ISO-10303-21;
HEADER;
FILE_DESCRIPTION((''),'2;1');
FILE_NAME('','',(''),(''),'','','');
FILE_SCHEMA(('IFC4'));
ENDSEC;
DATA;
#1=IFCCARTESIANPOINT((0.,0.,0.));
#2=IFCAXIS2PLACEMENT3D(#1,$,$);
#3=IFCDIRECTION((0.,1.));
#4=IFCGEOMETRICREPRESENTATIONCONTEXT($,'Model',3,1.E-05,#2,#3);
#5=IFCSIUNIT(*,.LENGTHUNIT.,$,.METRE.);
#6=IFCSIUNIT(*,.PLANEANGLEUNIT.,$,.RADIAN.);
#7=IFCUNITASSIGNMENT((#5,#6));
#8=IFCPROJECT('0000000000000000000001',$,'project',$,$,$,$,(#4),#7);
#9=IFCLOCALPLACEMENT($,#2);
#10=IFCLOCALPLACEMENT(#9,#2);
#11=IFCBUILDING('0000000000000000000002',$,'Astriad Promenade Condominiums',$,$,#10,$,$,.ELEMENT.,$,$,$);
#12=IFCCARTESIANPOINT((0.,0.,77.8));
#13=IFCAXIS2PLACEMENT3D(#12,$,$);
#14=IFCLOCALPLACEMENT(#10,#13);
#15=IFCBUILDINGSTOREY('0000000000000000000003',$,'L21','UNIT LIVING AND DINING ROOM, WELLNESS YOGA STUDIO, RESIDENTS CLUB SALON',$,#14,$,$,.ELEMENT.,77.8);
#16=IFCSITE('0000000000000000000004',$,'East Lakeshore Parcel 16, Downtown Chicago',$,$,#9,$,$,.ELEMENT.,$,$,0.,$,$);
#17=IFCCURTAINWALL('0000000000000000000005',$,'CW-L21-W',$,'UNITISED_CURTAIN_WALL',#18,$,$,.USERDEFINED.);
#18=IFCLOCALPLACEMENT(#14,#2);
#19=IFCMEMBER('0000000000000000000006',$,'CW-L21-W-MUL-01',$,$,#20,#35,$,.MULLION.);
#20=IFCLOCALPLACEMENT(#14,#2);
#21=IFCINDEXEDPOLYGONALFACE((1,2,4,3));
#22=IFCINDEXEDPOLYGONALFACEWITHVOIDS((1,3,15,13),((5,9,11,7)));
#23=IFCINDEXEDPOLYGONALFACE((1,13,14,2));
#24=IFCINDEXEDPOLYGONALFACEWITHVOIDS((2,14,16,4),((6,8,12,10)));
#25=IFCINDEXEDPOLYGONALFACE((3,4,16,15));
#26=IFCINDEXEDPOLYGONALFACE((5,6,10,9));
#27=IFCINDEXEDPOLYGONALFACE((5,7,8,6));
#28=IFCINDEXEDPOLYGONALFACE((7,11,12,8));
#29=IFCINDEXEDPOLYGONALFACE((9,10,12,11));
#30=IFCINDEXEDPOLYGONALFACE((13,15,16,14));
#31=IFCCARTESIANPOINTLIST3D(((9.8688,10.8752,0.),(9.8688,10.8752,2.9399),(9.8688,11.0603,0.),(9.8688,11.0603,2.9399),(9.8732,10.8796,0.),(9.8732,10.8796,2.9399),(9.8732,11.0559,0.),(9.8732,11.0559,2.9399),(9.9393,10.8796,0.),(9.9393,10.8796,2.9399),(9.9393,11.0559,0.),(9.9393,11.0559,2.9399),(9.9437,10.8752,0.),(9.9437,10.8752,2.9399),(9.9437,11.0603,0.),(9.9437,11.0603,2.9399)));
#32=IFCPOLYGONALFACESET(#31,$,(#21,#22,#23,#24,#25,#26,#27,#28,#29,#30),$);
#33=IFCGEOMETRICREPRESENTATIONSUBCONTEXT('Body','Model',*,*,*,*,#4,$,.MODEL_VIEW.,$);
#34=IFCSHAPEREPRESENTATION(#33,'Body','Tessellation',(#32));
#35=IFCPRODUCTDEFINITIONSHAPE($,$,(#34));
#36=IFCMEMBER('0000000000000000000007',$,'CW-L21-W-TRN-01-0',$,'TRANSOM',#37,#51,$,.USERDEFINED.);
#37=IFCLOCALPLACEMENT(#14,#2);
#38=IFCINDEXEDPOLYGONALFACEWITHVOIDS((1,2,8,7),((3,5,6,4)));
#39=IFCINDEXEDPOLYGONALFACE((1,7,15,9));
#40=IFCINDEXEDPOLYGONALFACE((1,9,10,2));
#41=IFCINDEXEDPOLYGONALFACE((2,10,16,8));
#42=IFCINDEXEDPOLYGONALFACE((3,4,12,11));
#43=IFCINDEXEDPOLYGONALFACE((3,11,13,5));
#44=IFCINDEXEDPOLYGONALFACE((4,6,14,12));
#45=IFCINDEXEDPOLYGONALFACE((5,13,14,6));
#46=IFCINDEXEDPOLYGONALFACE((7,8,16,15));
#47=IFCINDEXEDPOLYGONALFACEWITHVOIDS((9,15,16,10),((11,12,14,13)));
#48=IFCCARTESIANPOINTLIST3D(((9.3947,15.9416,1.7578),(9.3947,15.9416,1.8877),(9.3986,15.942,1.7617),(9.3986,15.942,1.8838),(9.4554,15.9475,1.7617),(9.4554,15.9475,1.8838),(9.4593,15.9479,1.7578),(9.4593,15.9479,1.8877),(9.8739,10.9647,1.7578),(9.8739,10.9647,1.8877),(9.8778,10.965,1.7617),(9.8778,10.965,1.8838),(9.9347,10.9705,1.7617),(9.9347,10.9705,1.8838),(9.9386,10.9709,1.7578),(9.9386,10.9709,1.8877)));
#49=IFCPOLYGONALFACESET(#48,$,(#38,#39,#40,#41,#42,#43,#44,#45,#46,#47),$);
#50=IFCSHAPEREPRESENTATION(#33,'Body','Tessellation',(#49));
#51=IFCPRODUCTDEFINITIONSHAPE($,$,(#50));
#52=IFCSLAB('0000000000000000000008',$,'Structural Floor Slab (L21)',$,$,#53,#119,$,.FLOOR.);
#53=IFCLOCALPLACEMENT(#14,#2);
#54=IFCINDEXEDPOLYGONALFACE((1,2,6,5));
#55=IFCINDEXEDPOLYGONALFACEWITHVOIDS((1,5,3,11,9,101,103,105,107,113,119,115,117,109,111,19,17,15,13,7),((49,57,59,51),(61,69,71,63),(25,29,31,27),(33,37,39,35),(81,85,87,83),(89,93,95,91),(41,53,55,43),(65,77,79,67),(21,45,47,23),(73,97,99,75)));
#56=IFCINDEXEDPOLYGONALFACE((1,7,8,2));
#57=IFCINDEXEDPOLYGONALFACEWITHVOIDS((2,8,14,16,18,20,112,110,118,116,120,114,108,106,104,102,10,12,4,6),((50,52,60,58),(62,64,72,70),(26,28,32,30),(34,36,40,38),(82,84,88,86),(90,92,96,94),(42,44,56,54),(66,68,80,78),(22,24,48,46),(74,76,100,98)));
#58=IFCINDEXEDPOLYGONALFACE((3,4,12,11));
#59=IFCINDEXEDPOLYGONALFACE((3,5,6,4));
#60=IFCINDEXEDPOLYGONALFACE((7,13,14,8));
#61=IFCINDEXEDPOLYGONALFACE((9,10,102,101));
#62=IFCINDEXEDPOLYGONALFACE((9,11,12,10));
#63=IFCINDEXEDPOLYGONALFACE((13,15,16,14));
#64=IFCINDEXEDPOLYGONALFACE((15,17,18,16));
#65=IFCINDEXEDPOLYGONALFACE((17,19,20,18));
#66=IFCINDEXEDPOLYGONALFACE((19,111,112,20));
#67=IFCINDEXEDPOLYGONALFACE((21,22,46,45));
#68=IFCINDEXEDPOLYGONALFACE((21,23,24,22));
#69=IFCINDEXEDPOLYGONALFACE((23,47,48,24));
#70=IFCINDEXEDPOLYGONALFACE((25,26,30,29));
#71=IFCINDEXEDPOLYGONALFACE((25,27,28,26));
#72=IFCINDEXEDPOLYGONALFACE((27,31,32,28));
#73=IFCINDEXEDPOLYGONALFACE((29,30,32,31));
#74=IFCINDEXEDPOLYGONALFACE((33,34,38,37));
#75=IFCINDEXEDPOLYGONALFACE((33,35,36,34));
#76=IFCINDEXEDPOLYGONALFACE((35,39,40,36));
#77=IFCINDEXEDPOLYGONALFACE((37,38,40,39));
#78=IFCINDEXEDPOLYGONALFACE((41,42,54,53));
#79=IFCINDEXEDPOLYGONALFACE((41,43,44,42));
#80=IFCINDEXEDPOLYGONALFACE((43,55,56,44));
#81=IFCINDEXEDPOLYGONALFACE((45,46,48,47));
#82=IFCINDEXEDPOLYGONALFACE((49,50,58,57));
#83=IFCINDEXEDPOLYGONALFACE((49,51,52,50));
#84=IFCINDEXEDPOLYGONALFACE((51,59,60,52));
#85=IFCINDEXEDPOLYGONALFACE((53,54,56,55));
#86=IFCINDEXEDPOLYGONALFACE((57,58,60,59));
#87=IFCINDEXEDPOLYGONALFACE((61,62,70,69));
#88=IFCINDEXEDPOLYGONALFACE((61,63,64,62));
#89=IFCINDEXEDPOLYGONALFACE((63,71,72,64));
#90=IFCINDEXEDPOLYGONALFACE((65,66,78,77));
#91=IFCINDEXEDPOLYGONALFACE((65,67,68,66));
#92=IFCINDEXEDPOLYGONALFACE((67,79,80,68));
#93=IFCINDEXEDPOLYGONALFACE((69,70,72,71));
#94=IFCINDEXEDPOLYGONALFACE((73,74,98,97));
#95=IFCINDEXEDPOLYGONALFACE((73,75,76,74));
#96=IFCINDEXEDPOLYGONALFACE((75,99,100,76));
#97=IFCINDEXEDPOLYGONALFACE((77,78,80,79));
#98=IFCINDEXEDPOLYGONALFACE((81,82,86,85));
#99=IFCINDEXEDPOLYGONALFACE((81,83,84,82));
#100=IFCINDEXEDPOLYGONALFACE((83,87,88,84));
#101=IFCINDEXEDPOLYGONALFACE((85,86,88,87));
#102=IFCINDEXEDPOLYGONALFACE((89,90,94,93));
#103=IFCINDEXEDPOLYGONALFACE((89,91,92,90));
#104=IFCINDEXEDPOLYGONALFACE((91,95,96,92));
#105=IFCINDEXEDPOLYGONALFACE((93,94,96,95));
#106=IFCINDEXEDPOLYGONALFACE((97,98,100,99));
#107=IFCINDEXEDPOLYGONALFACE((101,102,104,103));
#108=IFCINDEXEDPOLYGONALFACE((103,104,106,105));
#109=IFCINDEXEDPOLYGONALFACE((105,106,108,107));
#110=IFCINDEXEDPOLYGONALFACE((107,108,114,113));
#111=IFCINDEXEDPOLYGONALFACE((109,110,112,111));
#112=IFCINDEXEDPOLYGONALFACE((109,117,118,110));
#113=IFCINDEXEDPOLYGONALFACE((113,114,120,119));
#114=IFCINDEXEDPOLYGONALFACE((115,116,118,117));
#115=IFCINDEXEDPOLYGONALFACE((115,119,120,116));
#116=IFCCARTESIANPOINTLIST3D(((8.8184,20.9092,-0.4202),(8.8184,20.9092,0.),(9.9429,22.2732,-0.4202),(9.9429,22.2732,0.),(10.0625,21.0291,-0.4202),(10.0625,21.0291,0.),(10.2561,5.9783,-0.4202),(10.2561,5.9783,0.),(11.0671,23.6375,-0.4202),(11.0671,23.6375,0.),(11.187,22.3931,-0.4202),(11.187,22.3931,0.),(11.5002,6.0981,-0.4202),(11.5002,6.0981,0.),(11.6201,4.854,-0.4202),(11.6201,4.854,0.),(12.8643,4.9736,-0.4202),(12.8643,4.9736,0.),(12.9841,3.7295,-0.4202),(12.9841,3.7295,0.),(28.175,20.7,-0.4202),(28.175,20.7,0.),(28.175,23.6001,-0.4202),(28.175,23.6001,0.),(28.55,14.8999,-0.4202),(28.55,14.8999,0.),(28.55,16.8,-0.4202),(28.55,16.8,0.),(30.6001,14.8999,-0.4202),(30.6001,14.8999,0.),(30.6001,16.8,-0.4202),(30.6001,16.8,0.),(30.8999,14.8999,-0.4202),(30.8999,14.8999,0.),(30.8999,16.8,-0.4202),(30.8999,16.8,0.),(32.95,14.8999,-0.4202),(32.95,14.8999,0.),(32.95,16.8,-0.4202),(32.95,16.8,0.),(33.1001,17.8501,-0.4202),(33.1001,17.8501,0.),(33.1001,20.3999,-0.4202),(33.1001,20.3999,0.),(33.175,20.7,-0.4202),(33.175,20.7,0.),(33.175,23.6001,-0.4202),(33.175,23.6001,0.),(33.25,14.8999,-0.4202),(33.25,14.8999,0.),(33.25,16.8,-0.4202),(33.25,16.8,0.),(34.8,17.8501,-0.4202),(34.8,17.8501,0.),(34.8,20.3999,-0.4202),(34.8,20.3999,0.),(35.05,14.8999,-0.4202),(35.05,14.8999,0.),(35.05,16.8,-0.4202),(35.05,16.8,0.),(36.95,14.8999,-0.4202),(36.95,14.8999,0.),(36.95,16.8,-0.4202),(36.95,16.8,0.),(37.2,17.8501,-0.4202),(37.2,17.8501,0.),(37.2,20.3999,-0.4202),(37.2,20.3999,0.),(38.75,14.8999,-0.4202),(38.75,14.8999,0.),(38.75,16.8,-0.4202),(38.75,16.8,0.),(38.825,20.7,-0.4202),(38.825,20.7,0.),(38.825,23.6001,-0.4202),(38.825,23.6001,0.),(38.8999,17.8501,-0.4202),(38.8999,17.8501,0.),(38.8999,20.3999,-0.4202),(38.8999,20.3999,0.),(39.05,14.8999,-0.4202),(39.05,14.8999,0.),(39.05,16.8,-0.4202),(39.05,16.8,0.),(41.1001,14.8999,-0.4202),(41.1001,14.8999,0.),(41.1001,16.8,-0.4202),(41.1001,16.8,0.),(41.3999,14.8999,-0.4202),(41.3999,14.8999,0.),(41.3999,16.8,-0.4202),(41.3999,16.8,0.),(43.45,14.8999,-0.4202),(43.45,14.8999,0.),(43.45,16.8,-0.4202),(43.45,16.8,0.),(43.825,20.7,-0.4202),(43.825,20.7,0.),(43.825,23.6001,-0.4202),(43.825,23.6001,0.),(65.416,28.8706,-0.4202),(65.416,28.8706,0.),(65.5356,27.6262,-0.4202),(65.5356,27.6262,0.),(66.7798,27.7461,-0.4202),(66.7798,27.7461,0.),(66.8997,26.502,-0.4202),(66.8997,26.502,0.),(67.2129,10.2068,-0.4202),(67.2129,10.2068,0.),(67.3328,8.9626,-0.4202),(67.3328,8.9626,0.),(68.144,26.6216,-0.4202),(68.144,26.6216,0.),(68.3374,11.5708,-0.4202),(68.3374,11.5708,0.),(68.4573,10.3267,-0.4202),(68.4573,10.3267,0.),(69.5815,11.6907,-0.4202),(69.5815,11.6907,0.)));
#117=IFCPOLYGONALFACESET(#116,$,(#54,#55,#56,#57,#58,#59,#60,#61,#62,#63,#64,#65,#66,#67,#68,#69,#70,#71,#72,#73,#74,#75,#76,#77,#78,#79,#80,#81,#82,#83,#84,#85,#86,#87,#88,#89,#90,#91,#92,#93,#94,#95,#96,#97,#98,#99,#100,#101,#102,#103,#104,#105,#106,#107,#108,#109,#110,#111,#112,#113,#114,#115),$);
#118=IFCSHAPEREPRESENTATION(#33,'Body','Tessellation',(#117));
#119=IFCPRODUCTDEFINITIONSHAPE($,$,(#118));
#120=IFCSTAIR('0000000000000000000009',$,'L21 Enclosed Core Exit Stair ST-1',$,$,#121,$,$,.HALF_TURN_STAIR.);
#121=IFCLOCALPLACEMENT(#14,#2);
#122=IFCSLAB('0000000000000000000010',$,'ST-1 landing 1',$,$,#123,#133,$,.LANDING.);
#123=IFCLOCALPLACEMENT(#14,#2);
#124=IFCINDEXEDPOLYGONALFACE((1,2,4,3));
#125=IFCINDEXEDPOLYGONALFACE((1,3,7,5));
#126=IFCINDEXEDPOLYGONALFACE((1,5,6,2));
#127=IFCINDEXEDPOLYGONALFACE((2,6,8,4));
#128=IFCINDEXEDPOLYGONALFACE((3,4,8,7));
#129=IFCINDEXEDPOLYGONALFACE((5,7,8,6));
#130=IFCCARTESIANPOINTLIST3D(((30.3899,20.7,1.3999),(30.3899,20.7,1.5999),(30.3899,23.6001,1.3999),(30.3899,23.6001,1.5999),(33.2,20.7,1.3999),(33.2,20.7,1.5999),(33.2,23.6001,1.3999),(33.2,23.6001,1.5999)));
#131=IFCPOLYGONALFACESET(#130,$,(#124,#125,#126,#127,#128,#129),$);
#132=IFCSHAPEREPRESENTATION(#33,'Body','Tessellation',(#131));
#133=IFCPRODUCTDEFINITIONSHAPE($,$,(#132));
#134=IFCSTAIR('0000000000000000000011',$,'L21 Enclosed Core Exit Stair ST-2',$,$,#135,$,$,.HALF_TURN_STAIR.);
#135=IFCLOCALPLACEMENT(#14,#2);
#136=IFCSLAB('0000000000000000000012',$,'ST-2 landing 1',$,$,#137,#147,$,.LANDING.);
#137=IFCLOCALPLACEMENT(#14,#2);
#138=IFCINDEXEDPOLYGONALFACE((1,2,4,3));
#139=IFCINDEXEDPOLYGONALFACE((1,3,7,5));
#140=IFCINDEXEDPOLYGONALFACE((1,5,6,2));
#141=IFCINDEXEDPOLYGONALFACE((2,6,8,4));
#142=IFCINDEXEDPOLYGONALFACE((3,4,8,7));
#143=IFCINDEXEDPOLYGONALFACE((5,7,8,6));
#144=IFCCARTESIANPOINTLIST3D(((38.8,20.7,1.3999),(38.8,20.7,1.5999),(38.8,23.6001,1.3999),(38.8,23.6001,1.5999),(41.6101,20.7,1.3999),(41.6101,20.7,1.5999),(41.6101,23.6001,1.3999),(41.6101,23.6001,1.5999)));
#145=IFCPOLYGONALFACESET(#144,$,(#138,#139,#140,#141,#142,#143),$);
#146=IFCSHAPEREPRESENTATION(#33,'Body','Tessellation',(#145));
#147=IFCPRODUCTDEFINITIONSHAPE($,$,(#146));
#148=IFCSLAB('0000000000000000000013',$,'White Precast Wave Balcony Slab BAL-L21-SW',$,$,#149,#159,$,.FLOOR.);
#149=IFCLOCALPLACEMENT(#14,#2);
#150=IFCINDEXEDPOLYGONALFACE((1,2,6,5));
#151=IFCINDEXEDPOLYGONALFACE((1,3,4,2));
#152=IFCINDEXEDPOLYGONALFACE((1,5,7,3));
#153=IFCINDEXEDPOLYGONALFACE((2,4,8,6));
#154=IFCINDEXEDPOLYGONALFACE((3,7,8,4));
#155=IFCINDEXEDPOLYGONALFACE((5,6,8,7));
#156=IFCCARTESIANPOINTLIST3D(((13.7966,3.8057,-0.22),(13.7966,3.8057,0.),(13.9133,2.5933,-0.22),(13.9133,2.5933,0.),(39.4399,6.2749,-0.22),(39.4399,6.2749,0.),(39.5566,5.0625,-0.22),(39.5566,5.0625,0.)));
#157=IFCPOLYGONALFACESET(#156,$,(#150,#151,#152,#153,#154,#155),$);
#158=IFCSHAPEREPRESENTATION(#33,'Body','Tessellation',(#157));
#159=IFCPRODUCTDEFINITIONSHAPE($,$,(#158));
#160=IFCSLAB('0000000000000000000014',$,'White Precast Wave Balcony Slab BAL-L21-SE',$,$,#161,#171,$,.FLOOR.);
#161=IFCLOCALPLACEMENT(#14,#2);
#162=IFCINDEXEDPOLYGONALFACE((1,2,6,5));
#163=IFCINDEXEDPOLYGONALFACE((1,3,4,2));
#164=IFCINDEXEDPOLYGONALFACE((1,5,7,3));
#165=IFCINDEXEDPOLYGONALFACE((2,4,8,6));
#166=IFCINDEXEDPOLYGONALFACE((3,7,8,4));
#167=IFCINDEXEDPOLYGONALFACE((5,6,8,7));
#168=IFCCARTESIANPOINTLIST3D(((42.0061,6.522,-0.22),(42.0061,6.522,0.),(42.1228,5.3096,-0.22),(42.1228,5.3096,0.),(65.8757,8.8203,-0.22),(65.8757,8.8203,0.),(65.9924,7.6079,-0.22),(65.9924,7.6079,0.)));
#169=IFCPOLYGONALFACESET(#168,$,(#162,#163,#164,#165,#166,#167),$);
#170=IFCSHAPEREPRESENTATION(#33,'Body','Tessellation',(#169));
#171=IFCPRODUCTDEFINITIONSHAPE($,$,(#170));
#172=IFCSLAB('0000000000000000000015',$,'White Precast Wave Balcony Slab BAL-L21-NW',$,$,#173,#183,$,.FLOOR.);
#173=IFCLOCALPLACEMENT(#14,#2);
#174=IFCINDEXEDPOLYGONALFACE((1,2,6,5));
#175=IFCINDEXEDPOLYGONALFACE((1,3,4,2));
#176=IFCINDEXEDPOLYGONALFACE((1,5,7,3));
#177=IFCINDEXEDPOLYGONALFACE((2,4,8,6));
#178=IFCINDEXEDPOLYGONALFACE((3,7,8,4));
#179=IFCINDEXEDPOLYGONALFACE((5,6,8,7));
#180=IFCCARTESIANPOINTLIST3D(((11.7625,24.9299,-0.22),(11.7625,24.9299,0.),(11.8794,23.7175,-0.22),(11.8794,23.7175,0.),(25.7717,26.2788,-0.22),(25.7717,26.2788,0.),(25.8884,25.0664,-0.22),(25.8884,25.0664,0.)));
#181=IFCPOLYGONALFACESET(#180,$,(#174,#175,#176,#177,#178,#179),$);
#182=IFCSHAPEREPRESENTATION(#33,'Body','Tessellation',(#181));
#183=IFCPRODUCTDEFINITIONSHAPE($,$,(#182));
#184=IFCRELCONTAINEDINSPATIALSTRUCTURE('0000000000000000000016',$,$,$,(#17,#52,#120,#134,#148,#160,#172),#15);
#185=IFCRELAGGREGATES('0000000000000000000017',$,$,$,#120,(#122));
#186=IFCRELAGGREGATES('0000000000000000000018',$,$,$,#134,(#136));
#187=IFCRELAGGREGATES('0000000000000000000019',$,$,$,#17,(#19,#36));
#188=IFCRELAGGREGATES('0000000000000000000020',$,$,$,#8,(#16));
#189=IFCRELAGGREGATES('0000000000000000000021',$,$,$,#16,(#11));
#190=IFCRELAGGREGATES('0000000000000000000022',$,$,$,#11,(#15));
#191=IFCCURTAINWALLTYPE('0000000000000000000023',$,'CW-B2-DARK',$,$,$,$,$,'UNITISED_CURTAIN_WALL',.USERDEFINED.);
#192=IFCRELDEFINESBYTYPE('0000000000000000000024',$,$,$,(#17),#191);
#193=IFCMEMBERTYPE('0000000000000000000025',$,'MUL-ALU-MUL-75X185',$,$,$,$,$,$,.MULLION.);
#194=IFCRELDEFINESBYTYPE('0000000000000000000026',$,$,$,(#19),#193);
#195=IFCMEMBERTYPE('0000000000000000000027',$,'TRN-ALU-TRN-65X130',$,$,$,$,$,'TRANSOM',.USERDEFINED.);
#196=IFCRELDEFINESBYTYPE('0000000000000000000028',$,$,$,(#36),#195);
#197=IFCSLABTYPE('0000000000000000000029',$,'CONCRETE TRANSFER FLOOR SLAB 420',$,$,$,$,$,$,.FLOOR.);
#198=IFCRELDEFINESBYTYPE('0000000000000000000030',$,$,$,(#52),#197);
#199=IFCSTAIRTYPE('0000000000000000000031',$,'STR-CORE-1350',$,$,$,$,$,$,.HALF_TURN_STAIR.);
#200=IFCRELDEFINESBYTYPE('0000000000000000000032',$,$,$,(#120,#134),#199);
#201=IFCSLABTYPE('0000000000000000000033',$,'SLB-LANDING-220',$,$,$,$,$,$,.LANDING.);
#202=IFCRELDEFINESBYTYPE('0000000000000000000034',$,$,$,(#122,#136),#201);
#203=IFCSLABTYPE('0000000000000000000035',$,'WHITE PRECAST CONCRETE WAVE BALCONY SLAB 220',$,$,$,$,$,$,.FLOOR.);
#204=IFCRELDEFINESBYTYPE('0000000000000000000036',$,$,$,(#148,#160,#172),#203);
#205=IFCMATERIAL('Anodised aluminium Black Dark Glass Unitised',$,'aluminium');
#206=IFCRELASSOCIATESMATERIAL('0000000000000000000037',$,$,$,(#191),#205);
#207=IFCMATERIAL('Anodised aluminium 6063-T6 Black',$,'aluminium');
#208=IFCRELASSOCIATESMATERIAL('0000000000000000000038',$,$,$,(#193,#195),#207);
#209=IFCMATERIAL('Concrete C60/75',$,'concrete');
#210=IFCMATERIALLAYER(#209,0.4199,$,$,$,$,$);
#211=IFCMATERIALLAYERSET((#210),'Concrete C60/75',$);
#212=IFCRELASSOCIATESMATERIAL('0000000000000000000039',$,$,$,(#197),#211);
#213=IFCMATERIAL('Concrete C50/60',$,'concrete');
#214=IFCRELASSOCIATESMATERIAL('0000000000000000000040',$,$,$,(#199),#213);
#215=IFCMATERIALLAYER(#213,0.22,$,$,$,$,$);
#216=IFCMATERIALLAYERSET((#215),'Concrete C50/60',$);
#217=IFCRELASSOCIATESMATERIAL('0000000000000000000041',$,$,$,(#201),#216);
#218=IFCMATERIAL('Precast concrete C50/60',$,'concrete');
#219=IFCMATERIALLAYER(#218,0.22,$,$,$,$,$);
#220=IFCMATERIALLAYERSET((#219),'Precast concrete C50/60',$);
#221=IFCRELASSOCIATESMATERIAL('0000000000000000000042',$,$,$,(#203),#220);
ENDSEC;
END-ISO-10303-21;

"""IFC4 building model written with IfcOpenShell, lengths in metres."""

from ifc_helpers import new_model, si_unit, direction, frame, origin, origin_2d, place, context, subcontext, project, spatial, polyline, hollow_rectangle, outline, extrude, source, transform, mapped, material, layer, layer_set, material_profile, profile_set, type_object, type_shapes, element, aggregate, save


model = new_model("IFC4")

# Units and contexts
model_context = context("Model", 3, precision=1e-05, world=origin(), true_north=direction((0.0, 1.0)))
body_context = subcontext(model_context, "Body", "Model", "MODEL_VIEW")
ifc_project = project(units=[si_unit("LENGTHUNIT", "METRE"), si_unit("PLANEANGLEUNIT", "RADIAN")], contexts=[model_context])

# Site, building, storey
site_placement = place(None, origin())
site = spatial("IfcSite", under=ifc_project, at=site_placement, Name="East Lakeshore Parcel 16, Downtown Chicago", CompositionType="ELEMENT", RefElevation=0.0)
building_placement = place(site_placement, origin())
building = spatial("IfcBuilding", under=site, at=building_placement, Name="Astriad Promenade Condominiums", CompositionType="ELEMENT")
storey_placement = place(building_placement, frame((0.0, 0.0, 77.8)))
storey = spatial("IfcBuildingStorey", under=building, at=storey_placement, Name="L21", Description="UNIT LIVING AND DINING ROOM, WELLNESS YOGA STUDIO, RESIDENTS CLUB SALON", CompositionType="ELEMENT", Elevation=77.8)

# Curtain wall, members
ifc_material_1 = material(Name="Anodised aluminium Black Dark Glass Unitised", Category="aluminium")
curtain_wall_type = type_object("IfcCurtainWallType", Name="CW-B2-DARK", ElementType="UNITISED_CURTAIN_WALL", PredefinedType="USERDEFINED", material=ifc_material_1)
curtain_wall_placement = place(storey_placement, origin())
curtain_wall = element("IfcCurtainWall", 1, at=curtain_wall_placement, inside=storey, type_object=curtain_wall_type, Name="CW-L21-W", ObjectType="UNITISED_CURTAIN_WALL", PredefinedType="USERDEFINED")
ifc_material_2 = material(Name="Anodised aluminium 6063-T6 Black", Category="aluminium")
ifc_material_profile_1 = material_profile(ifc_material_2, hollow_rectangle(XDim=0.075, YDim=0.1851, WallThickness=0.0044, at=origin_2d()), Name="ALU-MUL-75X185")
ifc_profile_set_1 = profile_set([ifc_material_profile_1], Name="Anodised aluminium 6063-T6 Black")
member_type_1 = type_object("IfcMemberType", Name="MUL-ALU-MUL-75X185", PredefinedType="MULLION", material=ifc_profile_set_1)
shared_shape_1 = source(origin(), body_context, "Body", "SweptSolid", [
    extrude(hollow_rectangle(XDim=0.075, YDim=0.1851, WallThickness=0.0044, at=origin_2d()), origin(), (0.0, 0.0, 1.0), 2.9399),
])
type_shapes(member_type_1, [shared_shape_1])
member_1_placement = place(storey_placement, frame((9.9062, 10.9678, 0.0), z_axis=(0.0, 0.0, 1.0), x_axis=(1.0, 0.0, 0.0)))
member_1 = element("IfcMember", 2, at=member_1_placement, type_object=member_type_1, Name="CW-L21-W-MUL-01", PredefinedType="MULLION", context=body_context, shape_type="MappedRepresentation", body=[
    mapped(shared_shape_1, transform((0.0, 0.0, 0.0), scale=1.0)),
])
ifc_material_profile_2 = material_profile(ifc_material_2, hollow_rectangle(XDim=0.0649, YDim=0.1299, WallThickness=0.0039, at=origin_2d()), Name="ALU-TRN-65X130")
ifc_profile_set_2 = profile_set([ifc_material_profile_2], Name="Anodised aluminium 6063-T6 Black")
member_type_2 = type_object("IfcMemberType", Name="TRN-ALU-TRN-65X130", ElementType="TRANSOM", PredefinedType="USERDEFINED", material=ifc_profile_set_2)
shared_shape_2 = source(origin(), body_context, "Body", "SweptSolid", [
    extrude(hollow_rectangle(XDim=0.0649, YDim=0.1299, WallThickness=0.0039, at=origin_2d()), origin(), (0.0, 0.0, 1.0), 5.0),
])
type_shapes(member_type_2, [shared_shape_2])
member_2_placement = place(storey_placement, frame((9.9062, 10.9678, 1.8228), z_axis=(-0.095848, 0.995396, 0.0), x_axis=(-0.995396, -0.095848, 0.0)))
member_2 = element("IfcMember", 3, at=member_2_placement, type_object=member_type_2, Name="CW-L21-W-TRN-01-0", ObjectType="TRANSOM", PredefinedType="USERDEFINED", context=body_context, shape_type="MappedRepresentation", body=[
    mapped(shared_shape_2, transform((0.0, 0.0, 0.0), scale=1.0)),
])

# Slab
ifc_material_3 = material(Name="Concrete C60/75", Category="concrete")
ifc_layer_1 = layer(ifc_material_3, 0.4199)
ifc_layer_set_1 = layer_set([ifc_layer_1], Name="Concrete C60/75")
slab_type_1 = type_object("IfcSlabType", Name="CONCRETE TRANSFER FLOOR SLAB 420", PredefinedType="FLOOR", material=ifc_layer_set_1)
slab_1_placement = place(storey_placement, frame((0.0, 0.0, -0.4202)))
element("IfcSlab", 4, at=slab_1_placement, inside=storey, type_object=slab_type_1, Name="Structural Floor Slab (L21)", PredefinedType="FLOOR", context=body_context, shape_type="SweptSolid", body=[
    extrude(outline(polyline([(12.9841, 3.7295), (67.3328, 8.9626), (67.2129, 10.2068), (68.4573, 10.3267), (68.3374, 11.5708), (69.5815, 11.6907), (68.144, 26.6216), (66.8997, 26.502), (66.7798, 27.7461), (65.5356, 27.6262), (65.416, 28.8706), (11.0671, 23.6375), (11.187, 22.3931), (9.9429, 22.2732), (10.0625, 21.0291), (8.8184, 20.9092), (10.2561, 5.9783), (11.5002, 6.0981), (11.6201, 4.854), (12.8643, 4.9736), (12.9841, 3.7295)]), holes=[polyline([(28.175, 20.7), (33.175, 20.7), (33.175, 23.6001), (28.175, 23.6001), (28.175, 20.7)]), polyline([(38.825, 20.7), (43.825, 20.7), (43.825, 23.6001), (38.825, 23.6001), (38.825, 20.7)]), polyline([(33.1001, 17.8501), (34.8, 17.8501), (34.8, 20.3999), (33.1001, 20.3999), (33.1001, 17.8501)]), polyline([(37.2, 17.8501), (38.8999, 17.8501), (38.8999, 20.3999), (37.2, 20.3999), (37.2, 17.8501)]), polyline([(28.55, 14.8999), (30.6001, 14.8999), (30.6001, 16.8), (28.55, 16.8), (28.55, 14.8999)]), polyline([(30.8999, 14.8999), (32.95, 14.8999), (32.95, 16.8), (30.8999, 16.8), (30.8999, 14.8999)]), polyline([(33.25, 14.8999), (35.05, 14.8999), (35.05, 16.8), (33.25, 16.8), (33.25, 14.8999)]), polyline([(36.95, 14.8999), (38.75, 14.8999), (38.75, 16.8), (36.95, 16.8), (36.95, 14.8999)]), polyline([(39.05, 14.8999), (41.1001, 14.8999), (41.1001, 16.8), (39.05, 16.8), (39.05, 14.8999)]), polyline([(41.3999, 14.8999), (43.45, 14.8999), (43.45, 16.8), (41.3999, 16.8), (41.3999, 14.8999)])]), origin(), (0.0, 0.0, 1.0), 0.4202),
])

# Stairs, slabs
ifc_material_4 = material(Name="Concrete C50/60", Category="concrete")
stair_type = type_object("IfcStairType", Name="STR-CORE-1350", PredefinedType="HALF_TURN_STAIR", material=ifc_material_4)
stair_1_placement = place(storey_placement, origin())
stair_1 = element("IfcStair", 5, at=stair_1_placement, inside=storey, type_object=stair_type, Name="L21 Enclosed Core Exit Stair ST-1", PredefinedType="HALF_TURN_STAIR")
ifc_layer_2 = layer(ifc_material_4, 0.22)
ifc_layer_set_2 = layer_set([ifc_layer_2], Name="Concrete C50/60")
slab_type_2 = type_object("IfcSlabType", Name="SLB-LANDING-220", PredefinedType="LANDING", material=ifc_layer_set_2)
slab_2_placement = place(storey_placement, frame((0.0, 0.0, 1.3999)))
slab_2 = element("IfcSlab", 6, at=slab_2_placement, type_object=slab_type_2, Name="ST-1 landing 1", PredefinedType="LANDING", context=body_context, shape_type="SweptSolid", body=[
    extrude(outline(polyline([(30.3899, 20.7), (33.2, 20.7), (33.2, 23.6001), (30.3899, 23.6001), (30.3899, 20.7)])), origin(), (0.0, 0.0, 1.0), 0.2),
])
aggregate(stair_1, [slab_2])
stair_2_placement = place(storey_placement, origin())
stair_2 = element("IfcStair", 7, at=stair_2_placement, inside=storey, type_object=stair_type, Name="L21 Enclosed Core Exit Stair ST-2", PredefinedType="HALF_TURN_STAIR")
slab_3_placement = place(storey_placement, frame((0.0, 0.0, 1.3999)))
slab_3 = element("IfcSlab", 8, at=slab_3_placement, type_object=slab_type_2, Name="ST-2 landing 1", PredefinedType="LANDING", context=body_context, shape_type="SweptSolid", body=[
    extrude(outline(polyline([(41.6101, 23.6001), (38.8, 23.6001), (38.8, 20.7), (41.6101, 20.7), (41.6101, 23.6001)])), origin(), (0.0, 0.0, 1.0), 0.2),
])
aggregate(stair_2, [slab_3])

# Slabs
ifc_material_5 = material(Name="Precast concrete C50/60", Category="concrete")
ifc_layer_3 = layer(ifc_material_5, 0.22)
ifc_layer_set_3 = layer_set([ifc_layer_3], Name="Precast concrete C50/60")
slab_type_3 = type_object("IfcSlabType", Name="WHITE PRECAST CONCRETE WAVE BALCONY SLAB 220", PredefinedType="FLOOR", material=ifc_layer_set_3)
slab_4_placement = place(storey_placement, frame((0.0, 0.0, -0.22)))
element("IfcSlab", 9, at=slab_4_placement, inside=storey, type_object=slab_type_3, Name="White Precast Wave Balcony Slab BAL-L21-SW", PredefinedType="FLOOR", context=body_context, shape_type="SweptSolid", body=[
    extrude(outline(polyline([(39.5566, 5.0625), (13.9133, 2.5933), (13.7966, 3.8057), (39.4399, 6.2749), (39.5566, 5.0625)])), origin(), (0.0, 0.0, 1.0), 0.22),
])
slab_5_placement = place(storey_placement, frame((0.0, 0.0, -0.22)))
element("IfcSlab", 10, at=slab_5_placement, inside=storey, type_object=slab_type_3, Name="White Precast Wave Balcony Slab BAL-L21-SE", PredefinedType="FLOOR", context=body_context, shape_type="SweptSolid", body=[
    extrude(outline(polyline([(65.9924, 7.6079), (42.1228, 5.3096), (42.0061, 6.522), (65.8757, 8.8203), (65.9924, 7.6079)])), origin(), (0.0, 0.0, 1.0), 0.22),
])
slab_6_placement = place(storey_placement, frame((0.0, 0.0, -0.22)))
element("IfcSlab", 11, at=slab_6_placement, inside=storey, type_object=slab_type_3, Name="White Precast Wave Balcony Slab BAL-L21-NW", PredefinedType="FLOOR", context=body_context, shape_type="SweptSolid", body=[
    extrude(outline(polyline([(11.7625, 24.9299), (25.7717, 26.2788), (25.8884, 25.0664), (11.8794, 23.7175), (11.7625, 24.9299)])), origin(), (0.0, 0.0, 1.0), 0.22),
])

aggregate(curtain_wall, [member_1, member_2])

save(model, "model.ifc")
